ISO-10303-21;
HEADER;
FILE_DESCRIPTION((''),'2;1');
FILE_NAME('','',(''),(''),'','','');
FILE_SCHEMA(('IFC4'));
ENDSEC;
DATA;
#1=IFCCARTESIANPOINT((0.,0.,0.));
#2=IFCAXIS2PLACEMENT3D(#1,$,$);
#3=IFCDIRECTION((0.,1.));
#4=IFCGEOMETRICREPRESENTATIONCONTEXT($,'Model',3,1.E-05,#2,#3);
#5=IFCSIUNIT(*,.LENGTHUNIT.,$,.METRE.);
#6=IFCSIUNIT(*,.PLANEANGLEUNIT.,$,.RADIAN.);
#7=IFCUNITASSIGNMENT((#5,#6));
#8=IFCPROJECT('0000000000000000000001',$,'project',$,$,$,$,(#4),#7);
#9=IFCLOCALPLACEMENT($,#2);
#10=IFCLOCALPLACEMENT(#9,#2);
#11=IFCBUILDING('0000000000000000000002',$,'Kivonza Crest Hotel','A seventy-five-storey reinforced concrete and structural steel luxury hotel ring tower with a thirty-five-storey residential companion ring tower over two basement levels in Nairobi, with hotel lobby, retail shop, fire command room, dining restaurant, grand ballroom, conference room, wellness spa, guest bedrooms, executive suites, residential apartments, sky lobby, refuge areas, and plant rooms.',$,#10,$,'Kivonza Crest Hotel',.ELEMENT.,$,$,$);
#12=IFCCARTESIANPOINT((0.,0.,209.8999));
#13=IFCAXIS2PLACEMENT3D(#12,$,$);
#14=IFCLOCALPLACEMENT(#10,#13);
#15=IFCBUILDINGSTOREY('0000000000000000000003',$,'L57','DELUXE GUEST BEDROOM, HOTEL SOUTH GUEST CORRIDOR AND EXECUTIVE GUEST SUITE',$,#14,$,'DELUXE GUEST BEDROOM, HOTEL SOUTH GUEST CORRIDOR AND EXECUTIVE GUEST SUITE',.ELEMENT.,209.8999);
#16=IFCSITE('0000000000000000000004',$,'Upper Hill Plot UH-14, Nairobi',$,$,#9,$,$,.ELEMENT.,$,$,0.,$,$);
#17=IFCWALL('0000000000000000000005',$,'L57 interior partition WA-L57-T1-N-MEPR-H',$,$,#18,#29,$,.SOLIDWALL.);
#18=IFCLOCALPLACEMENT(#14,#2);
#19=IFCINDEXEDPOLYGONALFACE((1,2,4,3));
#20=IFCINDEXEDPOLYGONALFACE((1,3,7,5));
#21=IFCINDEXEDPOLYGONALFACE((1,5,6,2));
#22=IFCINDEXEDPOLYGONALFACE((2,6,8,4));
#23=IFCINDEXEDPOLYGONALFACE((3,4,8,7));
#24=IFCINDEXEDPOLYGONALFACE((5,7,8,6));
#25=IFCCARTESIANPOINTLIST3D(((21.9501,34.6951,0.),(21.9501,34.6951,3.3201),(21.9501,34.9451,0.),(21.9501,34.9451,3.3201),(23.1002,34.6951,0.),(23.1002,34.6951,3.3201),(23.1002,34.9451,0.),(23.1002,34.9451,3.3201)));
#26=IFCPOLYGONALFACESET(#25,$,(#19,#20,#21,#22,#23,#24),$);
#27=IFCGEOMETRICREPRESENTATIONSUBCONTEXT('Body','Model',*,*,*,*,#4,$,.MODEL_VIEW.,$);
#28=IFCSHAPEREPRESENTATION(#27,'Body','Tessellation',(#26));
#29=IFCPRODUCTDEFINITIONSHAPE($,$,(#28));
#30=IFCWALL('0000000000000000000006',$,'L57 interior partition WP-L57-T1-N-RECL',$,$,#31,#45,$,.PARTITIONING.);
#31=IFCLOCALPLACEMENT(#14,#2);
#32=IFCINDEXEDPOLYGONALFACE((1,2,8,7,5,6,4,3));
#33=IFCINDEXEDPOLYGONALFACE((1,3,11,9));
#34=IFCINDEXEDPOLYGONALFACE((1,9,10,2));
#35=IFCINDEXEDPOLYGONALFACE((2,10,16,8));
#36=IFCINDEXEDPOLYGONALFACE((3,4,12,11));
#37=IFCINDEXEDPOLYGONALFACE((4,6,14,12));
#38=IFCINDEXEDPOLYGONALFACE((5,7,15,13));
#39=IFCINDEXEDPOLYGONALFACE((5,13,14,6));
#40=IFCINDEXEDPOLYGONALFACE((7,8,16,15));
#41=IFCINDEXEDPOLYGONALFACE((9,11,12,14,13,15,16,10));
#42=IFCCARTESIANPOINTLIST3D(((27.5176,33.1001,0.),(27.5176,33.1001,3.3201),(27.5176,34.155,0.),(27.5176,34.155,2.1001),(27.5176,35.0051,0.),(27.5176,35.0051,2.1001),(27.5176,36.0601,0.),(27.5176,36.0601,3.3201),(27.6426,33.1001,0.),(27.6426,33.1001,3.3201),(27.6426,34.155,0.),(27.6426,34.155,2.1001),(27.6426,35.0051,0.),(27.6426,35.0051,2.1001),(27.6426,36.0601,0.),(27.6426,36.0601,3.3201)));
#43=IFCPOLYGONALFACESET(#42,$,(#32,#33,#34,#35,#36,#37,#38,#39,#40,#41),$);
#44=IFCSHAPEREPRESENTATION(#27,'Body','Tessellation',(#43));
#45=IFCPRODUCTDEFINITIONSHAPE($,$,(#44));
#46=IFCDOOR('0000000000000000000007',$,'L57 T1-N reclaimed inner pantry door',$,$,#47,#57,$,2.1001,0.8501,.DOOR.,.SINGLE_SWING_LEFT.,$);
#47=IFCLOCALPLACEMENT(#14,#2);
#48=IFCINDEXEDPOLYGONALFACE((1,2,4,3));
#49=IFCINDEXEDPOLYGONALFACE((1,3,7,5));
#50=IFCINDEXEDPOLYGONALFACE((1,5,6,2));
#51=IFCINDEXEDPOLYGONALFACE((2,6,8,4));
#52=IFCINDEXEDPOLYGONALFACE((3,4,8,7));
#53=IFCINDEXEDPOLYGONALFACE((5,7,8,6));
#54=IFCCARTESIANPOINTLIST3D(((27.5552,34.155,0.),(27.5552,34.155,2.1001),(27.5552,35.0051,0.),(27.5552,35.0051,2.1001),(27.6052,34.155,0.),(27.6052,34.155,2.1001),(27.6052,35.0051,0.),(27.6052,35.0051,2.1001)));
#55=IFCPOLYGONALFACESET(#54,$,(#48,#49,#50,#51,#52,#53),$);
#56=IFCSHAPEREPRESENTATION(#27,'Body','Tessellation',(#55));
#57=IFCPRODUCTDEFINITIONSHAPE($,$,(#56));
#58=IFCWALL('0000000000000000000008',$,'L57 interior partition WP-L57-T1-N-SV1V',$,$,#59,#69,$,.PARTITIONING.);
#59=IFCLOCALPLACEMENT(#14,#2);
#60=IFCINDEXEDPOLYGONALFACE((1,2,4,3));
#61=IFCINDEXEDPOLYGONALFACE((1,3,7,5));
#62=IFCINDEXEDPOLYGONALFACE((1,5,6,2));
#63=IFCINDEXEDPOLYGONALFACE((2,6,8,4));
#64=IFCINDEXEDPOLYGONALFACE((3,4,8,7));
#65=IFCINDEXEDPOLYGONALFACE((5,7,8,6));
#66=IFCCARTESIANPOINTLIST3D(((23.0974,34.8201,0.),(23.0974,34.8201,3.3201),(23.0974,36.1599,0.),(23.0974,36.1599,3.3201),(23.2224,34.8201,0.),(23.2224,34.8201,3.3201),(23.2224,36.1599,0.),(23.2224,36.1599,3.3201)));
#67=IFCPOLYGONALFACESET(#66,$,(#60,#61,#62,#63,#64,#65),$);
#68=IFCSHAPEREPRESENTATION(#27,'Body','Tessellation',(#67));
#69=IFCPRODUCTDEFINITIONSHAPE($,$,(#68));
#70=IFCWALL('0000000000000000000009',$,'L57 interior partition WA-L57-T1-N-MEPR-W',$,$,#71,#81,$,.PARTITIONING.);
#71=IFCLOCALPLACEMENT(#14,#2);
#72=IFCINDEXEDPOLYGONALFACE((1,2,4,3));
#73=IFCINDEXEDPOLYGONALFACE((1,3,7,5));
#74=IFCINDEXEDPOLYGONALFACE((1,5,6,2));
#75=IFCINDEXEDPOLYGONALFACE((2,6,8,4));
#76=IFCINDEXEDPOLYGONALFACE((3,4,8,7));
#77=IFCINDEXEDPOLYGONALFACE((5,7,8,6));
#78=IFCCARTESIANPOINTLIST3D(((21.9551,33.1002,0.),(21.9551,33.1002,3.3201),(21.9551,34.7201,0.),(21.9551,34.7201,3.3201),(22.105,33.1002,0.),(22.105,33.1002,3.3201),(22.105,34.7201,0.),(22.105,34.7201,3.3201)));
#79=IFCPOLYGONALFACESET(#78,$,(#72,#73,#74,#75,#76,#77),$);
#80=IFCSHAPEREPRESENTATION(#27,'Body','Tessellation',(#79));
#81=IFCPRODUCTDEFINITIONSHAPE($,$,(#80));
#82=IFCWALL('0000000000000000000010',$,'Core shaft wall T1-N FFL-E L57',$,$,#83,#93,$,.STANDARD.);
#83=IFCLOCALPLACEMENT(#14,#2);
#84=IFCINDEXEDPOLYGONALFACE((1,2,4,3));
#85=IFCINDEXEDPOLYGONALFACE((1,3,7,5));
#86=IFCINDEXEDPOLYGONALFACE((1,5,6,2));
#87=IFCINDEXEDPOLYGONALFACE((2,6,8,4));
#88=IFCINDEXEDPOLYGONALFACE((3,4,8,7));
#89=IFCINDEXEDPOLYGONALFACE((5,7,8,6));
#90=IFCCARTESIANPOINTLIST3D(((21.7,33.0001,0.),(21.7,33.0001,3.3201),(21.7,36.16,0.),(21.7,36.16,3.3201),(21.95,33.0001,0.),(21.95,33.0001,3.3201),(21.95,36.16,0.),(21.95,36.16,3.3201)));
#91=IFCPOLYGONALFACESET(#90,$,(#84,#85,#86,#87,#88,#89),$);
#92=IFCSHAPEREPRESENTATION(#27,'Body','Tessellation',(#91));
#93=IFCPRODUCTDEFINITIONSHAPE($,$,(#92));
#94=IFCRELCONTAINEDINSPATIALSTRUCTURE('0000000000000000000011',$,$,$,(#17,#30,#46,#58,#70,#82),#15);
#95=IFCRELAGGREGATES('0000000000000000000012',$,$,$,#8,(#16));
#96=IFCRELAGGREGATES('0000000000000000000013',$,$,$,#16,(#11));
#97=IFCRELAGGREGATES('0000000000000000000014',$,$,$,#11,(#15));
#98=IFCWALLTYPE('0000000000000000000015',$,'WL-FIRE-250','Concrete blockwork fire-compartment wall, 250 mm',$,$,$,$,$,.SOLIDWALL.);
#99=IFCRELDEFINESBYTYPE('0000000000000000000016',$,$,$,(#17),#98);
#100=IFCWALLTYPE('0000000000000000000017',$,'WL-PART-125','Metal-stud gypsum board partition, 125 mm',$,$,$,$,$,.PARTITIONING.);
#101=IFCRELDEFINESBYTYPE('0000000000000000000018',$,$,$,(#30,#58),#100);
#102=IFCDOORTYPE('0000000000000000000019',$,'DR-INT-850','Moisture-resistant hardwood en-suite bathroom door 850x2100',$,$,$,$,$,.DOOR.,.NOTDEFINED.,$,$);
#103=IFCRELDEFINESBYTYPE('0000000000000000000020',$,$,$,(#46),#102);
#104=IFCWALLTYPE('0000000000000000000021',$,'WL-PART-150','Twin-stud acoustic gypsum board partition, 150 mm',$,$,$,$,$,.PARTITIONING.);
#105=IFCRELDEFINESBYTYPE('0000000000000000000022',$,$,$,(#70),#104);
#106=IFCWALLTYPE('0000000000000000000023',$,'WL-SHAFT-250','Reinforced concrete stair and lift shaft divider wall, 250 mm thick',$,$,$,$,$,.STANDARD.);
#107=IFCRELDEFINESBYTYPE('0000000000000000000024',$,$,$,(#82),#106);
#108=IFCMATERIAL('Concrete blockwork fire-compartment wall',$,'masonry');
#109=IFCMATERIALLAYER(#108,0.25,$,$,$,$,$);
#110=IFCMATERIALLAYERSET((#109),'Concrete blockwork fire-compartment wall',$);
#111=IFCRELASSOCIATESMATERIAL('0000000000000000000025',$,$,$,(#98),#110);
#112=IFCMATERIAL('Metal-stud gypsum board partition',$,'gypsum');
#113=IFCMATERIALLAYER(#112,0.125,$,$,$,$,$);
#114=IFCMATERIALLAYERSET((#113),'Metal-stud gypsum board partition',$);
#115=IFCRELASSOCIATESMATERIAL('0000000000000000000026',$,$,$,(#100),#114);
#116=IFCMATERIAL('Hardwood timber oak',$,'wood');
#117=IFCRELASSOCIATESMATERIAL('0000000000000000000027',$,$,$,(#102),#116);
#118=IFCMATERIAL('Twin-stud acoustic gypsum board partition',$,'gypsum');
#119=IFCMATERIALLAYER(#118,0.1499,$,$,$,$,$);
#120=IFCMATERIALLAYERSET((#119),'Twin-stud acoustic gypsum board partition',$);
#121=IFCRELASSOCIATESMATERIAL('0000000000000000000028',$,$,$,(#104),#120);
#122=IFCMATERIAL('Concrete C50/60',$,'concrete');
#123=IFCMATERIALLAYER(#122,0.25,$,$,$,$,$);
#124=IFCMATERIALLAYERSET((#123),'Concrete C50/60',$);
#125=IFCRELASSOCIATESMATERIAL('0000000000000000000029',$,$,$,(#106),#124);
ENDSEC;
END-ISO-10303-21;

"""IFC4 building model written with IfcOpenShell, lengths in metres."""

from ifc_helpers import new_model, si_unit, direction, frame, frame_2d, origin, place, context, subcontext, project, spatial, rectangle, extrude, material, layer, layer_set, type_object, element, fill, save


model = new_model("IFC4")

# Units and contexts
model_context = context("Model", 3, precision=1e-05, world=origin(), true_north=direction((0.0, 1.0)))
body_context = subcontext(model_context, "Body", "Model", "MODEL_VIEW")
ifc_project = project(units=[si_unit("LENGTHUNIT", "METRE"), si_unit("PLANEANGLEUNIT", "RADIAN")], contexts=[model_context])

# Site, building, storey
site_placement = place(None, origin())
site = spatial("IfcSite", under=ifc_project, at=site_placement, Name="Upper Hill Plot UH-14, Nairobi", CompositionType="ELEMENT", RefElevation=0.0)
building_placement = place(site_placement, origin())
building = spatial("IfcBuilding", under=site, at=building_placement, Name="Kivonza Crest Hotel", Description="A seventy-five-storey reinforced concrete and structural steel luxury hotel ring tower with a thirty-five-storey residential companion ring tower over two basement levels in Nairobi, with hotel lobby, retail shop, fire command room, dining restaurant, grand ballroom, conference room, wellness spa, guest bedrooms, executive suites, residential apartments, sky lobby, refuge areas, and plant rooms.", LongName="Kivonza Crest Hotel", CompositionType="ELEMENT")
storey_placement = place(building_placement, frame((0.0, 0.0, 209.8999)))
storey = spatial("IfcBuildingStorey", under=building, at=storey_placement, Name="L57", Description="DELUXE GUEST BEDROOM, HOTEL SOUTH GUEST CORRIDOR AND EXECUTIVE GUEST SUITE", LongName="DELUXE GUEST BEDROOM, HOTEL SOUTH GUEST CORRIDOR AND EXECUTIVE GUEST SUITE", CompositionType="ELEMENT", Elevation=209.8999)

# Shared definitions
ifc_material_1 = material(Name="Concrete C50/60", Category="concrete")

# Shared definitions
ifc_material_2 = material(Name="Hardwood timber oak", Category="wood")

# Wall
ifc_material_3 = material(Name="Concrete blockwork fire-compartment wall", Category="masonry")
ifc_layer_1 = layer(ifc_material_3, 0.25)
ifc_layer_set_1 = layer_set([ifc_layer_1], Name="Concrete blockwork fire-compartment wall")
wall_type_1 = type_object("IfcWallType", Name="WL-FIRE-250", Description="Concrete blockwork fire-compartment wall, 250 mm", PredefinedType="SOLIDWALL", material=ifc_layer_set_1)
wall_1_placement = place(storey_placement, frame((21.95, 34.8201, 0.0), z_axis=(0.0, 0.0, 1.0), x_axis=(1.0, 0.0, 0.0)))
element("IfcWall", 1, at=wall_1_placement, inside=storey, type_object=wall_type_1, Name="L57 interior partition WA-L57-T1-N-MEPR-H", PredefinedType="SOLIDWALL", context=body_context, shape_type="SweptSolid", body=[
    extrude(rectangle(XDim=1.1501, YDim=0.25, at=frame_2d((0.5752, 0.0))), origin(), (0.0, 0.0, 1.0), 3.3201),
])

# Wall, opening, door
ifc_material_4 = material(Name="Metal-stud gypsum board partition", Category="gypsum")
ifc_layer_2 = layer(ifc_material_4, 0.125)
ifc_layer_set_2 = layer_set([ifc_layer_2], Name="Metal-stud gypsum board partition")
wall_type_2 = type_object("IfcWallType", Name="WL-PART-125", Description="Metal-stud gypsum board partition, 125 mm", PredefinedType="PARTITIONING", material=ifc_layer_set_2)
wall_2_placement = place(storey_placement, frame((27.5801, 33.1001, 0.0), z_axis=(0.0, 0.0, 1.0), x_axis=(0.0, 1.0, 0.0)))
wall_2 = element("IfcWall", 2, at=wall_2_placement, inside=storey, type_object=wall_type_2, Name="L57 interior partition WP-L57-T1-N-RECL", PredefinedType="PARTITIONING", context=body_context, shape_type="SweptSolid", body=[
    extrude(rectangle(XDim=2.96, YDim=0.125, at=frame_2d((1.48, 0.0))), origin(), (0.0, 0.0, 1.0), 3.3201),
])
opening_1_placement = place(wall_2_placement, frame((1.0549, 0.0, 0.0)))
opening_1 = element("IfcOpeningElement", 3, at=opening_1_placement, cuts=wall_2, PredefinedType="OPENING", context=body_context, shape_type="SweptSolid", body=[
    extrude(rectangle(XDim=0.8501, YDim=2.1001, at=frame_2d((0.425, 1.05))), frame((0.0, 0.0725, 0.0), z_axis=(0.0, -1.0, 0.0), x_axis=(1.0, 0.0, 0.0)), (0.0, 0.0, 1.0), 0.145),
])
door_type_1 = type_object("IfcDoorType", Name="DR-INT-850", Description="Moisture-resistant hardwood en-suite bathroom door 850x2100", OperationType="NOTDEFINED", PredefinedType="DOOR", material=ifc_material_2)
door_1_placement = place(opening_1_placement, origin())
door_1 = element("IfcDoor", 4, at=door_1_placement, inside=storey, type_object=door_type_1, Name="L57 T1-N reclaimed inner pantry door", OperationType="SINGLE_SWING_LEFT", OverallHeight=2.1001, OverallWidth=0.8501, PredefinedType="DOOR", context=body_context, shape_type="SweptSolid", body=[
    extrude(rectangle(XDim=0.8501, YDim=2.1001, at=frame_2d((0.425, 1.05))), frame((0.0, 0.0249, 0.0), z_axis=(0.0, -1.0, 0.0), x_axis=(1.0, 0.0, 0.0)), (0.0, 0.0, 1.0), 0.05),
])
fill(opening_1, door_1)

# Walls
wall_3_placement = place(storey_placement, frame((23.1599, 34.8201, 0.0), z_axis=(0.0, 0.0, 1.0), x_axis=(0.0, 1.0, 0.0)))
element("IfcWall", 5, at=wall_3_placement, inside=storey, type_object=wall_type_2, Name="L57 interior partition WP-L57-T1-N-SV1V", PredefinedType="PARTITIONING", context=body_context, shape_type="SweptSolid", body=[
    extrude(rectangle(XDim=1.3398, YDim=0.125, at=frame_2d((0.6699, 0.0))), origin(), (0.0, 0.0, 1.0), 3.3201),
])
ifc_material_5 = material(Name="Twin-stud acoustic gypsum board partition", Category="gypsum")
ifc_layer_3 = layer(ifc_material_5, 0.1499)
ifc_layer_set_3 = layer_set([ifc_layer_3], Name="Twin-stud acoustic gypsum board partition")
wall_type_3 = type_object("IfcWallType", Name="WL-PART-150", Description="Twin-stud acoustic gypsum board partition, 150 mm", PredefinedType="PARTITIONING", material=ifc_layer_set_3)
wall_4_placement = place(storey_placement, frame((22.03, 33.1001, 0.0), z_axis=(0.0, 0.0, 1.0), x_axis=(0.0, 1.0, 0.0)))
element("IfcWall", 6, at=wall_4_placement, inside=storey, type_object=wall_type_3, Name="L57 interior partition WA-L57-T1-N-MEPR-W", PredefinedType="PARTITIONING", context=body_context, shape_type="SweptSolid", body=[
    extrude(rectangle(XDim=1.6199, YDim=0.1499, at=frame_2d((0.8101, 0.0))), origin(), (0.0, 0.0, 1.0), 3.3201),
])

# Shared definitions
ifc_layer_4 = layer(ifc_material_1, 0.25)
ifc_layer_set_4 = layer_set([ifc_layer_4], Name="Concrete C50/60")
wall_type_4 = type_object("IfcWallType", Name="WL-SHAFT-250", Description="Reinforced concrete stair and lift shaft divider wall, 250 mm thick", PredefinedType="STANDARD", material=ifc_layer_set_4)

# Wall
wall_5_placement = place(storey_placement, frame((21.825, 33.0, 0.0), z_axis=(0.0, 0.0, 1.0), x_axis=(0.0, 1.0, 0.0)))
element("IfcWall", 7, at=wall_5_placement, inside=storey, type_object=wall_type_4, Name="Core shaft wall T1-N FFL-E L57", PredefinedType="STANDARD", context=body_context, shape_type="SweptSolid", body=[
    extrude(rectangle(XDim=3.1599, YDim=0.25, at=frame_2d((1.5801, 0.0))), origin(), (0.0, 0.0, 1.0), 3.3201),
])

save(model, "model.ifc")
